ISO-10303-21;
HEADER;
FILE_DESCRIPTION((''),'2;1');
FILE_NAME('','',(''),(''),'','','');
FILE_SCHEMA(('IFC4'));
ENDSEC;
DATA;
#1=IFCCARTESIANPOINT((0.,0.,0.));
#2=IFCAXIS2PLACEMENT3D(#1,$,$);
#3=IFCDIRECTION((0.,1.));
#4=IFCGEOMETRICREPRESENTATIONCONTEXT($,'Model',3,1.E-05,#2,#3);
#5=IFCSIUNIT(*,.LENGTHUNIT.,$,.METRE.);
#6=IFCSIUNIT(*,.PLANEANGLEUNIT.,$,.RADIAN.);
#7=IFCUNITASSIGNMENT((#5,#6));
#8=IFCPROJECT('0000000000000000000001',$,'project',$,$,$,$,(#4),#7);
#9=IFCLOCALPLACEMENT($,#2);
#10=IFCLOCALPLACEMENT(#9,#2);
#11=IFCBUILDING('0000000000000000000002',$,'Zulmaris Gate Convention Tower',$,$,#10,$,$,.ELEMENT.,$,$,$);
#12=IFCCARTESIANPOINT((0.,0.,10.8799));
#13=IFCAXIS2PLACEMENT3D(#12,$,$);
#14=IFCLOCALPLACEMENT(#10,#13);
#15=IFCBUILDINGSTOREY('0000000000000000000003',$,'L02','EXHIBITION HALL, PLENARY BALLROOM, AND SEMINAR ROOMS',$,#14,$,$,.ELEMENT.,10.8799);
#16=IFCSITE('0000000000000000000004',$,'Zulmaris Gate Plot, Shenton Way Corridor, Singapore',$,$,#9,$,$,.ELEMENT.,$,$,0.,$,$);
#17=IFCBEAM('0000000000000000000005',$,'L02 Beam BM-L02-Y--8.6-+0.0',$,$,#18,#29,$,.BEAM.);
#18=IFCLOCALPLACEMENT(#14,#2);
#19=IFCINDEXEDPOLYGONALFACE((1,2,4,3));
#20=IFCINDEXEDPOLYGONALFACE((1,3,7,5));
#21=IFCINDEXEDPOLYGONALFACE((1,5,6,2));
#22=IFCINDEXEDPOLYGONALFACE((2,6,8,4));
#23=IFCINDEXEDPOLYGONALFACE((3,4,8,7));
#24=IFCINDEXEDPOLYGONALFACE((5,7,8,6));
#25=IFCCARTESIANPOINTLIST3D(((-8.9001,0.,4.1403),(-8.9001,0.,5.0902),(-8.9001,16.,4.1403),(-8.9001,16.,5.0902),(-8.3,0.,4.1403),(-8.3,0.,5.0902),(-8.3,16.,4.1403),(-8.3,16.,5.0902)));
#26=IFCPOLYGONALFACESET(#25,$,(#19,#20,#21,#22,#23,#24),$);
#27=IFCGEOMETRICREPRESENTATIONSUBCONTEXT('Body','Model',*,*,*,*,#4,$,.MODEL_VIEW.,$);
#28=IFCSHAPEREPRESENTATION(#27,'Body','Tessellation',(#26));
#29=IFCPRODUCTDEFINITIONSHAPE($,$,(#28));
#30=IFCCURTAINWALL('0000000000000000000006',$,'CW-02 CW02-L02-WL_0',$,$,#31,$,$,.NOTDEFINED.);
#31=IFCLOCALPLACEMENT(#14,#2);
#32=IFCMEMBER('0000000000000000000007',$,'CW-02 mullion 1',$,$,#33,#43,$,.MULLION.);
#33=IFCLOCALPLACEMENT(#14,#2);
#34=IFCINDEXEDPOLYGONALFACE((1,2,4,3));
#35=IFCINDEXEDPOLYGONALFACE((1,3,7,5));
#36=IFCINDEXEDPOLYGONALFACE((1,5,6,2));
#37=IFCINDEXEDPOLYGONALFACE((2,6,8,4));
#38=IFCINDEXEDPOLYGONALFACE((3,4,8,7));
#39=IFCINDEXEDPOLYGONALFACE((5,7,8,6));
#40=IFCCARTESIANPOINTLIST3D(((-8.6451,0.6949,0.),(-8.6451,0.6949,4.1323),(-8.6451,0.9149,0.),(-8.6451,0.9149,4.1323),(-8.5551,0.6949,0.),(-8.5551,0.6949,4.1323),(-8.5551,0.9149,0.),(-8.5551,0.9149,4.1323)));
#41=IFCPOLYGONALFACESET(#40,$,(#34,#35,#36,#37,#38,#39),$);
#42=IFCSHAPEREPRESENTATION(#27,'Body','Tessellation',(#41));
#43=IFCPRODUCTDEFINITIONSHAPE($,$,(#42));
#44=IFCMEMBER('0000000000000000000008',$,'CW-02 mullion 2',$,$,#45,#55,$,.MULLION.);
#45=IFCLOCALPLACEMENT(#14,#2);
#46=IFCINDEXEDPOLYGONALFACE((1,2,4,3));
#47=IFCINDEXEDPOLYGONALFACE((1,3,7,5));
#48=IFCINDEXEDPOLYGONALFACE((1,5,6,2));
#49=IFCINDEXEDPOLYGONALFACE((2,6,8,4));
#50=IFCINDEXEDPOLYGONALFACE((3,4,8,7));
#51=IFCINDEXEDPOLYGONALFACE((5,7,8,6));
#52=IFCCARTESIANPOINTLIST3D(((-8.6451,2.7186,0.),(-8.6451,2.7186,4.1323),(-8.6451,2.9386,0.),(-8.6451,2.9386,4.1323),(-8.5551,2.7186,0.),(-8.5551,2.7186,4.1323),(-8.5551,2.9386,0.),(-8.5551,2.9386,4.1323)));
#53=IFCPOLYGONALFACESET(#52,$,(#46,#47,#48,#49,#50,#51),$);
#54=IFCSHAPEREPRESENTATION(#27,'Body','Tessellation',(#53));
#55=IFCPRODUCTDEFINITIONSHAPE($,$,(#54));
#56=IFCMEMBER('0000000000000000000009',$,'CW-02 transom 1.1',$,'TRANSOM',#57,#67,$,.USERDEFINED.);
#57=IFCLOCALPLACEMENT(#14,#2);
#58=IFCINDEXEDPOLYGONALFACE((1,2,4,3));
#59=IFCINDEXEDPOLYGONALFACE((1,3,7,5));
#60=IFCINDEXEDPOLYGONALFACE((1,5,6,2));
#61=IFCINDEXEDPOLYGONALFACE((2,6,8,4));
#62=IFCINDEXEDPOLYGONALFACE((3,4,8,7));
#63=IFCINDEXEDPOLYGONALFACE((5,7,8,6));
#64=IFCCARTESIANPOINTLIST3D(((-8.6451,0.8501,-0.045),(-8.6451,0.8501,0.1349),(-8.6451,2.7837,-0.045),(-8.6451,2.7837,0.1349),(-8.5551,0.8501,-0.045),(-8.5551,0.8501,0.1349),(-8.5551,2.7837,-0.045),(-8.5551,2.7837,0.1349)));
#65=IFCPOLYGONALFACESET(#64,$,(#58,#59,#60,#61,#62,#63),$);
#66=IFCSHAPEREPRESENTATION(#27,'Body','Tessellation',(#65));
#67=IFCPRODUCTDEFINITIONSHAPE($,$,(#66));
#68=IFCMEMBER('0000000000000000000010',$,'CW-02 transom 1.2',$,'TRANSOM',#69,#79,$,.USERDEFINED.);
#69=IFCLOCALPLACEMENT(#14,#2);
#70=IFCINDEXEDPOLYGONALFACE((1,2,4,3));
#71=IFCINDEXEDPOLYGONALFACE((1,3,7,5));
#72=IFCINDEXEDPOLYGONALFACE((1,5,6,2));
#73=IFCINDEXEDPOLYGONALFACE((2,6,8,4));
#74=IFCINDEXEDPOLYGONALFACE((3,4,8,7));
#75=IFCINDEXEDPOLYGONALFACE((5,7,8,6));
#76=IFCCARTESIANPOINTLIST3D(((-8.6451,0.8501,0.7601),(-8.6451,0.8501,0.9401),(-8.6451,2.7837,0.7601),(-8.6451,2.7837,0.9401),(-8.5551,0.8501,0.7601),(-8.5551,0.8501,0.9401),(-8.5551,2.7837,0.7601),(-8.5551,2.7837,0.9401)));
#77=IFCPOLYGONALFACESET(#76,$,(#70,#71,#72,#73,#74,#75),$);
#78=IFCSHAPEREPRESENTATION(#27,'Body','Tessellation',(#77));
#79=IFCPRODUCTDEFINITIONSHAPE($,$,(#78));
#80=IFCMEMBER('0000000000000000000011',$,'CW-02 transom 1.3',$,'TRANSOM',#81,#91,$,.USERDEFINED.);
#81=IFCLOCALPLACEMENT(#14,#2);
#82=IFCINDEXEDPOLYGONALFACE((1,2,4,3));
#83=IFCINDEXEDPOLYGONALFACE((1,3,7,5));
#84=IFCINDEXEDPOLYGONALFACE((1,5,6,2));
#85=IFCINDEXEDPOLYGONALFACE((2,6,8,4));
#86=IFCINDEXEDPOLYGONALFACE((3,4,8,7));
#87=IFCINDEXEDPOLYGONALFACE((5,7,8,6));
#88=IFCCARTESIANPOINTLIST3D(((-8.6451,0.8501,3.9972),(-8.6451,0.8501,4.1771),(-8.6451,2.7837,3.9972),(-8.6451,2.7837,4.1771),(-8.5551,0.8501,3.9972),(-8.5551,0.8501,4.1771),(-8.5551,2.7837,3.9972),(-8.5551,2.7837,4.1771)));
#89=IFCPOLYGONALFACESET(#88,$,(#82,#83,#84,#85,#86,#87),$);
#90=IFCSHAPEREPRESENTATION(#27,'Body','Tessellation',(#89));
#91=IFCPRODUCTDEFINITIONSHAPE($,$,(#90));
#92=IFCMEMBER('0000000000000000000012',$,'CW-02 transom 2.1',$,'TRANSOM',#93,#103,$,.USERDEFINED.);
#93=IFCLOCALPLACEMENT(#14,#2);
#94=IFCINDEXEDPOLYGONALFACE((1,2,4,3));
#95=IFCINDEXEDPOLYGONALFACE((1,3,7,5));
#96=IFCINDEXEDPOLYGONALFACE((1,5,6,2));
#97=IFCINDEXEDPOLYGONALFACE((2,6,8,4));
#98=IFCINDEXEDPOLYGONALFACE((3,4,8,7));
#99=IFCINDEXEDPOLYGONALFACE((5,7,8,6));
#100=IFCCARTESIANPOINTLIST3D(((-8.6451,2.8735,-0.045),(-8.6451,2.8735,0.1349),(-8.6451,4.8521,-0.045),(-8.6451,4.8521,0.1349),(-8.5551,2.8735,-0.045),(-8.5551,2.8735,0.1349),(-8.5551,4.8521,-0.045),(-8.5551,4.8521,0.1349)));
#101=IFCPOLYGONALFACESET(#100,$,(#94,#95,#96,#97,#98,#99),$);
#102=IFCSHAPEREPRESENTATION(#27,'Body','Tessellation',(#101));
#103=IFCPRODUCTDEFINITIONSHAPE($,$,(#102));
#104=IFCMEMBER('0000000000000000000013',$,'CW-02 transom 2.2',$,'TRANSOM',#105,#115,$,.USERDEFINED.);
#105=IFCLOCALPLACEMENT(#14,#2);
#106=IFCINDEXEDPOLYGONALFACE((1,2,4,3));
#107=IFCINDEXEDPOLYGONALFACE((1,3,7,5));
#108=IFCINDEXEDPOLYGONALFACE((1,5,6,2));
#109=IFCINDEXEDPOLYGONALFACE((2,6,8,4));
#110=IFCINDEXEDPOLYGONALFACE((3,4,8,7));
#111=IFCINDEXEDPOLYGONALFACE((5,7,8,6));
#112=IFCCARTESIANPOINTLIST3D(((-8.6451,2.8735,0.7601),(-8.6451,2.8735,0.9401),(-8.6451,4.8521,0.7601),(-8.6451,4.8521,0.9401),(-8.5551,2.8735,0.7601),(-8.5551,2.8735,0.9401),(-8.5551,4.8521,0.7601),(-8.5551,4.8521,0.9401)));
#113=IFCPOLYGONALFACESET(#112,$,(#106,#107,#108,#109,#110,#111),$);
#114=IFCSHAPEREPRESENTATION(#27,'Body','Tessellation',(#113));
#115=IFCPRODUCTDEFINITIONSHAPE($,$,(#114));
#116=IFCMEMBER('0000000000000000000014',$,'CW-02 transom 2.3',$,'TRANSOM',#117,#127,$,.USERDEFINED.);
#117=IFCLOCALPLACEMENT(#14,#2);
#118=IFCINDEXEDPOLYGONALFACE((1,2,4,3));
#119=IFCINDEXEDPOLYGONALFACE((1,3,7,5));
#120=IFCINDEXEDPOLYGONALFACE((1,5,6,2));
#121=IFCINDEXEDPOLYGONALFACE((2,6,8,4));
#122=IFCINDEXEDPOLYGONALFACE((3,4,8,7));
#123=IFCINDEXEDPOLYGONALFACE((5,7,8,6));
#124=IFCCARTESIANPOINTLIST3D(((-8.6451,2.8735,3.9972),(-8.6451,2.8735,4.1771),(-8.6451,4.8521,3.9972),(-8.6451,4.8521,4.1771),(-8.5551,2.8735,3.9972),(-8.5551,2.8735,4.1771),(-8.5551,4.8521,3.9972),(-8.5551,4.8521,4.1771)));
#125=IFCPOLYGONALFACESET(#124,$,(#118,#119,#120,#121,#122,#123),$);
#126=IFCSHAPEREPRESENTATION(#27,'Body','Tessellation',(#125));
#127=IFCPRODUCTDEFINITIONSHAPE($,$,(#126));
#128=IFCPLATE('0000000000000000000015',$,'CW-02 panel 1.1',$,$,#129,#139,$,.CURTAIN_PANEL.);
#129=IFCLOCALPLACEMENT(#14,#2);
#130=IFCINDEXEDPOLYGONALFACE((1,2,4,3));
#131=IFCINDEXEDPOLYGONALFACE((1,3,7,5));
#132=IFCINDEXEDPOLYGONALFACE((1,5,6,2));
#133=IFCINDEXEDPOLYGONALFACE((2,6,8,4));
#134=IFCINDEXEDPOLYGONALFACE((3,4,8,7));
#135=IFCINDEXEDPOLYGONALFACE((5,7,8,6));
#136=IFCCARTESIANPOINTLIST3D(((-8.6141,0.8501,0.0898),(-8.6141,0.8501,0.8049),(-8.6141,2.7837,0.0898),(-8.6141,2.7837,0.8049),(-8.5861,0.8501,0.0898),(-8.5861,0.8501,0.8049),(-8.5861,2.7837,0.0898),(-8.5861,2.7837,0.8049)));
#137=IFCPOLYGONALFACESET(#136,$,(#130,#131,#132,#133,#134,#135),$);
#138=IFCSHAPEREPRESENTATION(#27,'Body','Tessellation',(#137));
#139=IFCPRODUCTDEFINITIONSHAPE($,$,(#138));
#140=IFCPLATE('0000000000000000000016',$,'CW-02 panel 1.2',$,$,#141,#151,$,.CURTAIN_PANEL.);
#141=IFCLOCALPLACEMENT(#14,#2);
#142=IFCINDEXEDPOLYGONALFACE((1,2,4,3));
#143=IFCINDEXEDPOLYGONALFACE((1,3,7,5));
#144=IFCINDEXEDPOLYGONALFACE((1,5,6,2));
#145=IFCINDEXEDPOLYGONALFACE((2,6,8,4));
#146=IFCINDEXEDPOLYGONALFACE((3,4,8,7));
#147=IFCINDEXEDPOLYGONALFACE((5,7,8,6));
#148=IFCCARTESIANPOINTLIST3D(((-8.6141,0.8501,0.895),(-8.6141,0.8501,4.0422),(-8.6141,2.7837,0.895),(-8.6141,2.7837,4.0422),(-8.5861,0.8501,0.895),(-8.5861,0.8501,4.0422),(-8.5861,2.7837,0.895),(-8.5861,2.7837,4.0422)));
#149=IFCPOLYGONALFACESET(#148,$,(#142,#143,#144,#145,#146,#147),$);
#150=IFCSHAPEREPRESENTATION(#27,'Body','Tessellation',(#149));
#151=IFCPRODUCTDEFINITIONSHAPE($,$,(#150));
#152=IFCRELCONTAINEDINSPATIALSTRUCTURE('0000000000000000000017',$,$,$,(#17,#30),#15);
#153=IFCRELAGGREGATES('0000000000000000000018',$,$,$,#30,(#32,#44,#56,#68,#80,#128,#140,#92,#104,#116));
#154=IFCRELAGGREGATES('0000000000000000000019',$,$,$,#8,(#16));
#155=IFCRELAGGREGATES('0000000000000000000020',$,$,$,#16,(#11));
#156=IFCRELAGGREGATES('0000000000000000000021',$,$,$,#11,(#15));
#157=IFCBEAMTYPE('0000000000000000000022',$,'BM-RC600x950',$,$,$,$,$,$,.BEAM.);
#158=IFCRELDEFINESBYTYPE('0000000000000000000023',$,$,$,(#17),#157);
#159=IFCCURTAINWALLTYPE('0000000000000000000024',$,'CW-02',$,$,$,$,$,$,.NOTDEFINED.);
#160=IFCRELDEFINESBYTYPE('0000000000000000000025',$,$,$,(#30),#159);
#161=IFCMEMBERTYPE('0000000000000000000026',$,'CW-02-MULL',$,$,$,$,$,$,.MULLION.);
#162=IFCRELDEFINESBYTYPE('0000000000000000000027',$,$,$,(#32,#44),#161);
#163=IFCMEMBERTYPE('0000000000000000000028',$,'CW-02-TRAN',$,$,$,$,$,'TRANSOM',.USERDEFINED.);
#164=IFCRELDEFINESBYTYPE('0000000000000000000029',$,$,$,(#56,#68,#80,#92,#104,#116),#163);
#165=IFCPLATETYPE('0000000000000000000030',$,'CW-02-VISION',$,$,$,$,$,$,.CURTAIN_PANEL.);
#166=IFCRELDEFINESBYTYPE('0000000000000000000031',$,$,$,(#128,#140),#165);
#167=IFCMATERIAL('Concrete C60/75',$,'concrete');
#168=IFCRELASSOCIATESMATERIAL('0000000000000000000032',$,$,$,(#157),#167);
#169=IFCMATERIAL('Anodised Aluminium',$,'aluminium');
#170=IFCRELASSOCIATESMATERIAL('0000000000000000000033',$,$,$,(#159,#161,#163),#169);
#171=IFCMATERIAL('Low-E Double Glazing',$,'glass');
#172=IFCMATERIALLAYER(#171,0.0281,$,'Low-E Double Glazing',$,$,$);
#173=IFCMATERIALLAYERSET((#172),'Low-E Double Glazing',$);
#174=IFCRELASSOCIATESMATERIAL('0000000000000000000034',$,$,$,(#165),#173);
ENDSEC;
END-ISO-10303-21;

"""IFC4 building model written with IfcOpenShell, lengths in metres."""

from ifc_helpers import new_model, si_unit, direction, frame, origin, origin_2d, place, context, subcontext, project, spatial, rectangle, extrude, material, layer, layer_set, material_profile, profile_set, type_object, element, aggregate, save


model = new_model("IFC4")

# Units and contexts
model_context = context("Model", 3, precision=1e-05, world=origin(), true_north=direction((0.0, 1.0)))
body_context = subcontext(model_context, "Body", "Model", "MODEL_VIEW")
ifc_project = project(units=[si_unit("LENGTHUNIT", "METRE"), si_unit("PLANEANGLEUNIT", "RADIAN")], contexts=[model_context])

# Site, building, storey
site_placement = place(None, origin())
site = spatial("IfcSite", under=ifc_project, at=site_placement, Name="Zulmaris Gate Plot, Shenton Way Corridor, Singapore", CompositionType="ELEMENT", RefElevation=0.0)
building_placement = place(site_placement, origin())
building = spatial("IfcBuilding", under=site, at=building_placement, Name="Zulmaris Gate Convention Tower", CompositionType="ELEMENT")
storey_placement = place(building_placement, frame((0.0, 0.0, 10.8799)))
storey = spatial("IfcBuildingStorey", under=building, at=storey_placement, Name="L02", Description="EXHIBITION HALL, PLENARY BALLROOM, AND SEMINAR ROOMS", CompositionType="ELEMENT", Elevation=10.8799)

# Beam
ifc_material_1 = material(Name="Concrete C60/75", Category="concrete")
ifc_material_profile_1 = material_profile(ifc_material_1, rectangle(XDim=0.6001, YDim=0.95, at=origin_2d()), Name="RC BEAM 600x950")
ifc_profile_set_1 = profile_set([ifc_material_profile_1], Name="Concrete C60/75")
beam_type = type_object("IfcBeamType", Name="BM-RC600x950", PredefinedType="BEAM", material=ifc_profile_set_1)
beam_placement = place(storey_placement, frame((-8.6001, 0.0, 4.6152), z_axis=(0.0, 1.0, 0.0), x_axis=(-1.0, 0.0, 0.0)))
element("IfcBeam", 1, at=beam_placement, inside=storey, type_object=beam_type, Name="L02 Beam BM-L02-Y--8.6-+0.0", PredefinedType="BEAM", context=body_context, shape_type="SweptSolid", body=[
    extrude(rectangle(XDim=0.6001, YDim=0.95, at=origin_2d()), origin(), (0.0, 0.0, 1.0), 16.0),
])

# Curtain wall, members, plates
ifc_material_2 = material(Name="Anodised Aluminium", Category="aluminium")
curtain_wall_type = type_object("IfcCurtainWallType", Name="CW-02", PredefinedType="NOTDEFINED", material=ifc_material_2)
curtain_wall_placement = place(storey_placement, origin())
curtain_wall = element("IfcCurtainWall", 2, at=curtain_wall_placement, inside=storey, type_object=curtain_wall_type, Name="CW-02 CW02-L02-WL_0", PredefinedType="NOTDEFINED")
ifc_material_profile_2 = material_profile(ifc_material_2, rectangle(XDim=0.0901, YDim=0.22, at=origin_2d()), Name="ALU MULLION 90x220")
ifc_profile_set_2 = profile_set([ifc_material_profile_2], Name="Anodised Aluminium")
member_type_1 = type_object("IfcMemberType", Name="CW-02-MULL", PredefinedType="MULLION", material=ifc_profile_set_2)
member_1_placement = place(storey_placement, frame((-8.6001, 0.8049, 0.0), z_axis=(0.0, 0.0, 1.0), x_axis=(-1.0, 0.0, 0.0)))
member_1 = element("IfcMember", 3, at=member_1_placement, type_object=member_type_1, Name="CW-02 mullion 1", PredefinedType="MULLION", context=body_context, shape_type="SweptSolid", body=[
    extrude(rectangle(XDim=0.0901, YDim=0.22, at=origin_2d()), origin(), (0.0, 0.0, 1.0), 4.1323),
])
member_2_placement = place(storey_placement, frame((-8.6001, 2.8286, 0.0), z_axis=(0.0, 0.0, 1.0), x_axis=(-1.0, 0.0, 0.0)))
member_2 = element("IfcMember", 4, at=member_2_placement, type_object=member_type_1, Name="CW-02 mullion 2", PredefinedType="MULLION", context=body_context, shape_type="SweptSolid", body=[
    extrude(rectangle(XDim=0.0901, YDim=0.22, at=origin_2d()), origin(), (0.0, 0.0, 1.0), 4.1323),
])
ifc_material_profile_3 = material_profile(ifc_material_2, rectangle(XDim=0.0901, YDim=0.1799, at=origin_2d()), Name="ALU TRANSOM 90x180")
ifc_profile_set_3 = profile_set([ifc_material_profile_3], Name="Anodised Aluminium")
member_type_2 = type_object("IfcMemberType", Name="CW-02-TRAN", ElementType="TRANSOM", PredefinedType="USERDEFINED", material=ifc_profile_set_3)
member_3_placement = place(storey_placement, frame((-8.6001, 0.8501, 0.0449), z_axis=(0.0, 1.0, 0.0), x_axis=(-1.0, 0.0, 0.0)))
member_3 = element("IfcMember", 5, at=member_3_placement, type_object=member_type_2, Name="CW-02 transom 1.1", ObjectType="TRANSOM", PredefinedType="USERDEFINED", context=body_context, shape_type="SweptSolid", body=[
    extrude(rectangle(XDim=0.0901, YDim=0.1799, at=origin_2d()), origin(), (0.0, 0.0, 1.0), 1.9336),
])
member_4_placement = place(storey_placement, frame((-8.6001, 0.8501, 0.8501), z_axis=(0.0, 1.0, 0.0), x_axis=(-1.0, 0.0, 0.0)))
member_4 = element("IfcMember", 6, at=member_4_placement, type_object=member_type_2, Name="CW-02 transom 1.2", ObjectType="TRANSOM", PredefinedType="USERDEFINED", context=body_context, shape_type="SweptSolid", body=[
    extrude(rectangle(XDim=0.0901, YDim=0.1799, at=origin_2d()), origin(), (0.0, 0.0, 1.0), 1.9336),
])
member_5_placement = place(storey_placement, frame((-8.6001, 0.8501, 4.0872), z_axis=(0.0, 1.0, 0.0), x_axis=(-1.0, 0.0, 0.0)))
member_5 = element("IfcMember", 7, at=member_5_placement, type_object=member_type_2, Name="CW-02 transom 1.3", ObjectType="TRANSOM", PredefinedType="USERDEFINED", context=body_context, shape_type="SweptSolid", body=[
    extrude(rectangle(XDim=0.0901, YDim=0.1799, at=origin_2d()), origin(), (0.0, 0.0, 1.0), 1.9336),
])
member_6_placement = place(storey_placement, frame((-8.6001, 2.8735, 0.0449), z_axis=(0.0, 1.0, 0.0), x_axis=(-1.0, 0.0, 0.0)))
member_6 = element("IfcMember", 8, at=member_6_placement, type_object=member_type_2, Name="CW-02 transom 2.1", ObjectType="TRANSOM", PredefinedType="USERDEFINED", context=body_context, shape_type="SweptSolid", body=[
    extrude(rectangle(XDim=0.0901, YDim=0.1799, at=origin_2d()), origin(), (0.0, 0.0, 1.0), 1.9785),
])
member_7_placement = place(storey_placement, frame((-8.6001, 2.8735, 0.8501), z_axis=(0.0, 1.0, 0.0), x_axis=(-1.0, 0.0, 0.0)))
member_7 = element("IfcMember", 9, at=member_7_placement, type_object=member_type_2, Name="CW-02 transom 2.2", ObjectType="TRANSOM", PredefinedType="USERDEFINED", context=body_context, shape_type="SweptSolid", body=[
    extrude(rectangle(XDim=0.0901, YDim=0.1799, at=origin_2d()), origin(), (0.0, 0.0, 1.0), 1.9785),
])
member_8_placement = place(storey_placement, frame((-8.6001, 2.8735, 4.0872), z_axis=(0.0, 1.0, 0.0), x_axis=(-1.0, 0.0, 0.0)))
member_8 = element("IfcMember", 10, at=member_8_placement, type_object=member_type_2, Name="CW-02 transom 2.3", ObjectType="TRANSOM", PredefinedType="USERDEFINED", context=body_context, shape_type="SweptSolid", body=[
    extrude(rectangle(XDim=0.0901, YDim=0.1799, at=origin_2d()), origin(), (0.0, 0.0, 1.0), 1.9785),
])
ifc_material_3 = material(Name="Low-E Double Glazing", Category="glass")
ifc_layer_1 = layer(ifc_material_3, 0.0281, Name="Low-E Double Glazing")
ifc_layer_set_1 = layer_set([ifc_layer_1], Name="Low-E Double Glazing")
plate_type = type_object("IfcPlateType", Name="CW-02-VISION", PredefinedType="CURTAIN_PANEL", material=ifc_layer_set_1)
plate_1_placement = place(storey_placement, frame((-8.6001, 1.8169, 0.0898), z_axis=(0.0, 0.0, 1.0), x_axis=(0.0, 1.0, 0.0)))
plate_1 = element("IfcPlate", 11, at=plate_1_placement, type_object=plate_type, Name="CW-02 panel 1.1", PredefinedType="CURTAIN_PANEL", context=body_context, shape_type="SweptSolid", body=[
    extrude(rectangle(XDim=1.9336, YDim=0.0281, at=origin_2d()), origin(), (0.0, 0.0, 1.0), 0.7151),
])
plate_2_placement = place(storey_placement, frame((-8.6001, 1.8169, 0.895), z_axis=(0.0, 0.0, 1.0), x_axis=(0.0, 1.0, 0.0)))
plate_2 = element("IfcPlate", 12, at=plate_2_placement, type_object=plate_type, Name="CW-02 panel 1.2", PredefinedType="CURTAIN_PANEL", context=body_context, shape_type="SweptSolid", body=[
    extrude(rectangle(XDim=1.9336, YDim=0.0281, at=origin_2d()), origin(), (0.0, 0.0, 1.0), 3.1472),
])
aggregate(curtain_wall, [member_1, member_2, member_3, member_4, member_5, plate_1, plate_2, member_6, member_7, member_8])

save(model, "model.ifc")
